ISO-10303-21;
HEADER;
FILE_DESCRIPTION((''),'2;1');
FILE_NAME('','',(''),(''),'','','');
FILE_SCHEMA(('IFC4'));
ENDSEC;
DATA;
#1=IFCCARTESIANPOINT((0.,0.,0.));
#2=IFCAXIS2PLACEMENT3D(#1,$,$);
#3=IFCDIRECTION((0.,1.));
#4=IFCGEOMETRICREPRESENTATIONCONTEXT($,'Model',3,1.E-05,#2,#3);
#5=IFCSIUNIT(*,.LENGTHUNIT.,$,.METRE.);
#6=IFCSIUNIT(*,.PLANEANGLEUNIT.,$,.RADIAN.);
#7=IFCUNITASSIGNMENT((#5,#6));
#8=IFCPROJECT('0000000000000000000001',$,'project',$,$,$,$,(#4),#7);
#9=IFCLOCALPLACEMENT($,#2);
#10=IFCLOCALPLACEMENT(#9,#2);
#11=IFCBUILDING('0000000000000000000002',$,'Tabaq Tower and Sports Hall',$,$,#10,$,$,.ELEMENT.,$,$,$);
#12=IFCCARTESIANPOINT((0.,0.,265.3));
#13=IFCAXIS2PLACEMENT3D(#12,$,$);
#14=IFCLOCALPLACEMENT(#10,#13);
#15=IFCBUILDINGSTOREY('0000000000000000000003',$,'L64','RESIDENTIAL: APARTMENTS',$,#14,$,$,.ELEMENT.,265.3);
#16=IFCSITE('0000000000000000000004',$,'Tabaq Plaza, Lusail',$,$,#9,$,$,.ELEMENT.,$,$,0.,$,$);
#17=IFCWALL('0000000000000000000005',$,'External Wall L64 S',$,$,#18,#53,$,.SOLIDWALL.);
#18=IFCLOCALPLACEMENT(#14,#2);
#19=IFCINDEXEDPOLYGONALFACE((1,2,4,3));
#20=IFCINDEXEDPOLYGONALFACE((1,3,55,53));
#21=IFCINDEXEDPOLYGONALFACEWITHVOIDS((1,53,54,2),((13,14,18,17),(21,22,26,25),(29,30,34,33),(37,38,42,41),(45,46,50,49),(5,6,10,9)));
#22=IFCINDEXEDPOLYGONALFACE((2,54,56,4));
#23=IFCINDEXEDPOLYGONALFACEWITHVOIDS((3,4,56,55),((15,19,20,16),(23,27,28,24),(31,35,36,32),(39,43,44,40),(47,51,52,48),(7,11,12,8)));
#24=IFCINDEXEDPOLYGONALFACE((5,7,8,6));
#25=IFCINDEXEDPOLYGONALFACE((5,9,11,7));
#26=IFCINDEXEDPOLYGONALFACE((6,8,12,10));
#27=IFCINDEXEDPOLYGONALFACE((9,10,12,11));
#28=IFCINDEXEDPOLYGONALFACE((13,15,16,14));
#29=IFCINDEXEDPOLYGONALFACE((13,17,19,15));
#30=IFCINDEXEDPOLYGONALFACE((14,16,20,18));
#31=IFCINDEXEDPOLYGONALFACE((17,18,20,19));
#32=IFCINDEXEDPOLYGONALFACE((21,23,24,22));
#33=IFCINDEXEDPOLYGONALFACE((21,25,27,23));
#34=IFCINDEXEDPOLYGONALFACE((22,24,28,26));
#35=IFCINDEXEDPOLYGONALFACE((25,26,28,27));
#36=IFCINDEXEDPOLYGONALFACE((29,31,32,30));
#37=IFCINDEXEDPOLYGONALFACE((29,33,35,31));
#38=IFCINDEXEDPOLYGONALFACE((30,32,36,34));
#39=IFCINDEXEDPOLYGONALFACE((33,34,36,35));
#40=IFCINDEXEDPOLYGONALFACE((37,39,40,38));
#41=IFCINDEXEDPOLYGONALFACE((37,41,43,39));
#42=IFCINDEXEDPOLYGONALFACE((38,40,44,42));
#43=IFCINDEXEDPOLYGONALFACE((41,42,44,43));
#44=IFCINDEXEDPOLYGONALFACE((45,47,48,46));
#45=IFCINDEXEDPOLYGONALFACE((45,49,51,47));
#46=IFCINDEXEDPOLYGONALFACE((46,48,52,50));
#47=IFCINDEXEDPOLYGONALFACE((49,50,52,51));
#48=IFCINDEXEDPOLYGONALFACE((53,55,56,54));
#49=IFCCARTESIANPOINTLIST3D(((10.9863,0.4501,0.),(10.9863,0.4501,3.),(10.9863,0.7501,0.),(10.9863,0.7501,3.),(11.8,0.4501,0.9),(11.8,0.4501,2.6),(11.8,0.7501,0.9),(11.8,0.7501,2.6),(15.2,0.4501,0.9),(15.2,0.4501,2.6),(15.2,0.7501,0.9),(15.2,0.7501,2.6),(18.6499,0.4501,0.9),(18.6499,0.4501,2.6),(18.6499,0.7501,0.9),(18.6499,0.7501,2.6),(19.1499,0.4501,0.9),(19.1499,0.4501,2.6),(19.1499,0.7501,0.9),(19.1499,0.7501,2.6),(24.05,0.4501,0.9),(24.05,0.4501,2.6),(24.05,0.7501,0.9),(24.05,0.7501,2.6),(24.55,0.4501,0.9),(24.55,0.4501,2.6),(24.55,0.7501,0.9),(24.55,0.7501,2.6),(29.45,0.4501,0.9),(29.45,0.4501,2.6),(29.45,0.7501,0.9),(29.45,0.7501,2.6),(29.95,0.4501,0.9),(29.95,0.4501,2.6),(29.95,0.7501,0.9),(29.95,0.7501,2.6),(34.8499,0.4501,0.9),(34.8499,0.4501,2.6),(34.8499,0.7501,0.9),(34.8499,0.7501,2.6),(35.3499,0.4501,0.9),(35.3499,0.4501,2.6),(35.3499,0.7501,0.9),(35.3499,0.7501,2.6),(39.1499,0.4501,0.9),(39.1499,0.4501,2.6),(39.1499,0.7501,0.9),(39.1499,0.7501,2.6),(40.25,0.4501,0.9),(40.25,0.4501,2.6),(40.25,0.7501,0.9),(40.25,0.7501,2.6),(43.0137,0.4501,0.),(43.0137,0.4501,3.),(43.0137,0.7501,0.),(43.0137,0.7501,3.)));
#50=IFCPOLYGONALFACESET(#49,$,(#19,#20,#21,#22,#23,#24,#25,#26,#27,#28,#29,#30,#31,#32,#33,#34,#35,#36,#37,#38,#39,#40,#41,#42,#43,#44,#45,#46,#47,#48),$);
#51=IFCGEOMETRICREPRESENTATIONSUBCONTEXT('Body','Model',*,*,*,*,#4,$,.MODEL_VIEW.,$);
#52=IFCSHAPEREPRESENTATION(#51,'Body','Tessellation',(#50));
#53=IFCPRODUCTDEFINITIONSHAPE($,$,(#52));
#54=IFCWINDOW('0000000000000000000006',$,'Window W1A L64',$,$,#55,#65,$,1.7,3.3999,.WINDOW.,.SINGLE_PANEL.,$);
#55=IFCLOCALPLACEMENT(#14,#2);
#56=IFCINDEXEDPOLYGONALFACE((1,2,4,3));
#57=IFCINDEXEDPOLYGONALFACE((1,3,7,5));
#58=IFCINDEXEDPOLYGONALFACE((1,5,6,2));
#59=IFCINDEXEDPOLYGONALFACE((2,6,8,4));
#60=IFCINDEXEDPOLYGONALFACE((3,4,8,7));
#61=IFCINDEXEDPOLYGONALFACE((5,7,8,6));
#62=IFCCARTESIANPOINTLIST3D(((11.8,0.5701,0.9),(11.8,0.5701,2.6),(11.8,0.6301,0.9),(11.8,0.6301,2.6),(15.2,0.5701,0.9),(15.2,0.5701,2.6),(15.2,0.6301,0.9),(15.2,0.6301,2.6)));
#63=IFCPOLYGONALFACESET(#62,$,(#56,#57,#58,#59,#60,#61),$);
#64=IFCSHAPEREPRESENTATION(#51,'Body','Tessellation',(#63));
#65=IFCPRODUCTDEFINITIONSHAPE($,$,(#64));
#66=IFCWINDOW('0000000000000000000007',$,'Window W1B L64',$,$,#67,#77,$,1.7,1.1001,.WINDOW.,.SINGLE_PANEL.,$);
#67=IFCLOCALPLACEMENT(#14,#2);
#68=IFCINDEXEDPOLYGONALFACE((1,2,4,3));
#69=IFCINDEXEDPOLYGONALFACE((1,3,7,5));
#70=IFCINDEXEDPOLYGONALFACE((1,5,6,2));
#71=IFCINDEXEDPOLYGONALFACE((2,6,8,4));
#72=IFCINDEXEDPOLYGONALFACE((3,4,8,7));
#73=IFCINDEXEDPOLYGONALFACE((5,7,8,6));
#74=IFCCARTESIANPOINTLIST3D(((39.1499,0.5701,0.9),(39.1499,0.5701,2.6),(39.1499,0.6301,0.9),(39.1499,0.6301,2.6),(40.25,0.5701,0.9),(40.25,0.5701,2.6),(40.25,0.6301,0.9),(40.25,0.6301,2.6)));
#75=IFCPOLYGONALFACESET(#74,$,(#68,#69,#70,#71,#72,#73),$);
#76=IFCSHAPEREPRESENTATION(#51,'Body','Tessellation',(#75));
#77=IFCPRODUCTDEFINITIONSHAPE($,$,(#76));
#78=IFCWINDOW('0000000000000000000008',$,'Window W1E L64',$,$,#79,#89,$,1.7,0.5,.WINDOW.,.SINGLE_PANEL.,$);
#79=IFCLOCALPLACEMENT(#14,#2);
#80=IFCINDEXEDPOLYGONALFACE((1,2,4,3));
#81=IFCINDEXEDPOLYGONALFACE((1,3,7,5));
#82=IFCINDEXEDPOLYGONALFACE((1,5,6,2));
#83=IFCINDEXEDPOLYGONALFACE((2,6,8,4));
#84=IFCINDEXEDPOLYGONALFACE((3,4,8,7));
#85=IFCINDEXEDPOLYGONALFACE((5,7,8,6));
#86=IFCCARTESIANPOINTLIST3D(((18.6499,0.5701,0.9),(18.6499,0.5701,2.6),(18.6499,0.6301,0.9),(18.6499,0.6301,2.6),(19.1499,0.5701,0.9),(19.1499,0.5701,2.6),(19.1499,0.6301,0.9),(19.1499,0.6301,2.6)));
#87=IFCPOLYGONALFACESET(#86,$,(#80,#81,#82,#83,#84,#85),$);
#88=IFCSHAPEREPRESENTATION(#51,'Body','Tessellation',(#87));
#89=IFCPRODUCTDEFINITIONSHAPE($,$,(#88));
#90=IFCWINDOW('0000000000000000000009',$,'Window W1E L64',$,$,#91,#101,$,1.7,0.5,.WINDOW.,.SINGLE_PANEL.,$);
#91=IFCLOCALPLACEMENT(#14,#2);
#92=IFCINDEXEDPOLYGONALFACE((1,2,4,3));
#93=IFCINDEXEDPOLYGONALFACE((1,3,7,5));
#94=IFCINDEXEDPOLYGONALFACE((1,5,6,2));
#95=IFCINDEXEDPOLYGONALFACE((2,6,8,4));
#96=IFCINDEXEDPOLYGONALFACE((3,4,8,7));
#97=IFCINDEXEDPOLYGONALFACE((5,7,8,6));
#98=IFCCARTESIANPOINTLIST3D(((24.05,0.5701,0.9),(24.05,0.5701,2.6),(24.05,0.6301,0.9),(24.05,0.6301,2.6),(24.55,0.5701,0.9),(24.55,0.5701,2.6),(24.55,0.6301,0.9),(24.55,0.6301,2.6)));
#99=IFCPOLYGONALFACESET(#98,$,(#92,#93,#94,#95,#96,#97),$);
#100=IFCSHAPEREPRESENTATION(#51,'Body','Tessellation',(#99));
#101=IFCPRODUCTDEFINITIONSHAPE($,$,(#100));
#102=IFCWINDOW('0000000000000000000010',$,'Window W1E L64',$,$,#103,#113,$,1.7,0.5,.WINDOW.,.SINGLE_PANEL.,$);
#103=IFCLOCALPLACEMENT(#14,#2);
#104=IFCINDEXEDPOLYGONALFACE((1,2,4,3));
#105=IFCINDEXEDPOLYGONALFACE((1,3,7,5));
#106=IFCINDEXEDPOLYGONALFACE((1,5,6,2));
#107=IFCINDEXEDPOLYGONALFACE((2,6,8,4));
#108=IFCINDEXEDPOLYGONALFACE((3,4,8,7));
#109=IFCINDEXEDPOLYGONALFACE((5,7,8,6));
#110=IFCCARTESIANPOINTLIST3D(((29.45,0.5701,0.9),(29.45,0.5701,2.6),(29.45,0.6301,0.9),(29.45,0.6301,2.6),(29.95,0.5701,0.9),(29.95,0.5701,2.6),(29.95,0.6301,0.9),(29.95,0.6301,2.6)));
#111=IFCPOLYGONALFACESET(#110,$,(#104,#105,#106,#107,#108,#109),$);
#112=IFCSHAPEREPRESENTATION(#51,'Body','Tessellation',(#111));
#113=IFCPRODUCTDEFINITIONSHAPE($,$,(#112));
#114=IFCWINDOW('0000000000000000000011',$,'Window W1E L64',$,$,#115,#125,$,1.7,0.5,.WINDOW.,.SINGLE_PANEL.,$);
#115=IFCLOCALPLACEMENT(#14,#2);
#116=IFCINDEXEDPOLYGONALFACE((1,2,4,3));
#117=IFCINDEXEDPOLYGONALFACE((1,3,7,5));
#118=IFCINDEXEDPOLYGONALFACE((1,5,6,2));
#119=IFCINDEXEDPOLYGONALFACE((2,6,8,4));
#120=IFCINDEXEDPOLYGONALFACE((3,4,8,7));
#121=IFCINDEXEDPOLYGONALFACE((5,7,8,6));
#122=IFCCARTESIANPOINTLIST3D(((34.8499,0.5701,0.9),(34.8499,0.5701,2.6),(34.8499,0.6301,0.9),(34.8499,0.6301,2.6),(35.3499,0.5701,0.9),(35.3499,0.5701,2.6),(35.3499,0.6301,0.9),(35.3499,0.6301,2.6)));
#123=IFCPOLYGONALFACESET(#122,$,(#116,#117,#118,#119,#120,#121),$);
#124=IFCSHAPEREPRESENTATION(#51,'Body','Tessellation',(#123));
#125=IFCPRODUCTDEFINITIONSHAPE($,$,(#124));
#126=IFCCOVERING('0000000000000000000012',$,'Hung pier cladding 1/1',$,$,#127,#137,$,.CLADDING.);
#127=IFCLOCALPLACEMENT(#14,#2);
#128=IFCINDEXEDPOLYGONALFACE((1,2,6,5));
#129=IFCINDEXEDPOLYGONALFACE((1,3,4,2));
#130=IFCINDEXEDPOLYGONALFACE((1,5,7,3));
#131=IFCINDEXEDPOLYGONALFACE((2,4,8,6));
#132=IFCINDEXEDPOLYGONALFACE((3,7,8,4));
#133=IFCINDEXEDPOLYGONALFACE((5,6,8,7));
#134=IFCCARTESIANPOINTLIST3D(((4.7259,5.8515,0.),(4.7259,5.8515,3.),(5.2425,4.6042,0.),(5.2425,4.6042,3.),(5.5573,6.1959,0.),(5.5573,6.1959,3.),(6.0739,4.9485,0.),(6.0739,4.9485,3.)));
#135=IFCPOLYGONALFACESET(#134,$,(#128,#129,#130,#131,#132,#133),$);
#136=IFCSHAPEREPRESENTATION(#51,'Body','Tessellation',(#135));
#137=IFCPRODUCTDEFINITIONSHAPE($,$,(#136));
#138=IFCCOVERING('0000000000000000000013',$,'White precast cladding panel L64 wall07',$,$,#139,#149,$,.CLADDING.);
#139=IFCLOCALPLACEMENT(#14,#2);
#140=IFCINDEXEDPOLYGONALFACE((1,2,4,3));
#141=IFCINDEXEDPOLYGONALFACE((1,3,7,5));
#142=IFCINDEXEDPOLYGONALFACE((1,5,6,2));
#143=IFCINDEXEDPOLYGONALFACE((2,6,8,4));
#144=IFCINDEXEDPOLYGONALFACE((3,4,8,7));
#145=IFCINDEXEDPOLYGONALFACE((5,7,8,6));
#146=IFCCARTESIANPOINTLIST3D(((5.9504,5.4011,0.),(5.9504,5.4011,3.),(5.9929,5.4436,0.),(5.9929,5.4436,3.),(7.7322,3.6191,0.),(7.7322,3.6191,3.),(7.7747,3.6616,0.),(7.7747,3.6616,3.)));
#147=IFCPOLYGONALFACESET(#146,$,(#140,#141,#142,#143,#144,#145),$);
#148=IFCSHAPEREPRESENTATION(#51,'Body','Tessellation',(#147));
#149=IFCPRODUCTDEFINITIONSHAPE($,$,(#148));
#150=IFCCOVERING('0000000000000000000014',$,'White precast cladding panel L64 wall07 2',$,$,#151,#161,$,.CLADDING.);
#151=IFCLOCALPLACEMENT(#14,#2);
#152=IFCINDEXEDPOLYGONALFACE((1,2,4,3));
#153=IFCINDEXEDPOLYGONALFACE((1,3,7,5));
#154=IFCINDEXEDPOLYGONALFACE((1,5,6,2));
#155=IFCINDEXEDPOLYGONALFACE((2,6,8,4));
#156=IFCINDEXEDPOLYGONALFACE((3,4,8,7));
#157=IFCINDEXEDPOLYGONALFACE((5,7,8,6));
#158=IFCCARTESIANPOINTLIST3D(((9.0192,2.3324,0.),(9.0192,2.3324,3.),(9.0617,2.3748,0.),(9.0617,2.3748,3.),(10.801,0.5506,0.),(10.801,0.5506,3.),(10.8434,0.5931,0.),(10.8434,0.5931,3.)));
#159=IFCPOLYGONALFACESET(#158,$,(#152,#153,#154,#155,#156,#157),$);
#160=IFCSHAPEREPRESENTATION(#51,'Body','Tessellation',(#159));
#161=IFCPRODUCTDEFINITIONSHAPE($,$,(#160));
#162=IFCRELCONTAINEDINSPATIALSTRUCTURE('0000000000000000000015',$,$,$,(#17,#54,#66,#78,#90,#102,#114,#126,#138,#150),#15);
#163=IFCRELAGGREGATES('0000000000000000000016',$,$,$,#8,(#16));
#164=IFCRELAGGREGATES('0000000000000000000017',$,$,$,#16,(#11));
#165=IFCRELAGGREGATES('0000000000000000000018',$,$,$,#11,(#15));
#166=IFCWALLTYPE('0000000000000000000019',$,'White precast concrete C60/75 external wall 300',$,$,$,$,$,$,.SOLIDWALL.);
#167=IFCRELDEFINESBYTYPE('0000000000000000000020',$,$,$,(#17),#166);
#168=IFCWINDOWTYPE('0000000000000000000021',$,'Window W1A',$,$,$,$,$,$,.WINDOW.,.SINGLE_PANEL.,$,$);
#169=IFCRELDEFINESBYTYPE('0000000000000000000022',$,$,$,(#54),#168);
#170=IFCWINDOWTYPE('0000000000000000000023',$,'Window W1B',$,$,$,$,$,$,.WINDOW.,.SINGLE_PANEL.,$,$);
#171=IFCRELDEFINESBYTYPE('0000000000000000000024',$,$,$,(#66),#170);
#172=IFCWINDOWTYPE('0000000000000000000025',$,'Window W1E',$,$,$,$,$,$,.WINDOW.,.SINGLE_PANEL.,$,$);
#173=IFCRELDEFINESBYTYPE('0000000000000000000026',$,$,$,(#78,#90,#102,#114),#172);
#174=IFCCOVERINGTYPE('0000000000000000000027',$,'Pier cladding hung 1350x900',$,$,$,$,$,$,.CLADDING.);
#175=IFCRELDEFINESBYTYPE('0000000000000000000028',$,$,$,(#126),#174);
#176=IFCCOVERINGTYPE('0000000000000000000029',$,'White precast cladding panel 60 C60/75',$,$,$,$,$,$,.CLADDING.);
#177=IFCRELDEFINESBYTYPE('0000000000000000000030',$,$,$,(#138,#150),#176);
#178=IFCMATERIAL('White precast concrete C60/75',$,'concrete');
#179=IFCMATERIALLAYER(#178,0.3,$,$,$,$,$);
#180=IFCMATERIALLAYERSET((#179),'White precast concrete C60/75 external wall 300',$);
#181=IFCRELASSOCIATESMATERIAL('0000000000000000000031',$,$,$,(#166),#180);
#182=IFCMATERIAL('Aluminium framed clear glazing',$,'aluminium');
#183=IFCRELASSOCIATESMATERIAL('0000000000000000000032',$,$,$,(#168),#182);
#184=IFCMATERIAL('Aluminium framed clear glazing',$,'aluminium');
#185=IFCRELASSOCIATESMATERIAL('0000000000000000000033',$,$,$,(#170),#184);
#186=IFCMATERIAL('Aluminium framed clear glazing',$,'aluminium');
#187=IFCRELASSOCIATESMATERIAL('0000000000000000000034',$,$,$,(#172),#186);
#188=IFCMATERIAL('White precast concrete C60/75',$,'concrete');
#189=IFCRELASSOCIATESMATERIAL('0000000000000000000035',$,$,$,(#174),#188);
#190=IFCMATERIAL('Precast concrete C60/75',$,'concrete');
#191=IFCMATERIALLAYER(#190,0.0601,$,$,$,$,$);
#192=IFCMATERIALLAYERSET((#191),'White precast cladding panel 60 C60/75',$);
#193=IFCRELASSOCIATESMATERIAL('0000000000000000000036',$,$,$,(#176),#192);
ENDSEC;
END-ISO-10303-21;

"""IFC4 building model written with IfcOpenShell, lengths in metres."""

from ifc_helpers import new_model, si_unit, direction, frame, frame_2d, origin, place, context, subcontext, project, spatial, rectangle, extrude, material, layer, layer_set, type_object, element, fill, save


model = new_model("IFC4")

# Units and contexts
model_context = context("Model", 3, precision=1e-05, world=origin(), true_north=direction((0.0, 1.0)))
body_context = subcontext(model_context, "Body", "Model", "MODEL_VIEW")
ifc_project = project(units=[si_unit("LENGTHUNIT", "METRE"), si_unit("PLANEANGLEUNIT", "RADIAN")], contexts=[model_context])

# Site, building, storey
site_placement = place(None, origin())
site = spatial("IfcSite", under=ifc_project, at=site_placement, Name="Tabaq Plaza, Lusail", CompositionType="ELEMENT", RefElevation=0.0)
building_placement = place(site_placement, origin())
building = spatial("IfcBuilding", under=site, at=building_placement, Name="Tabaq Tower and Sports Hall", CompositionType="ELEMENT")
storey_placement = place(building_placement, frame((0.0, 0.0, 265.3)))
storey = spatial("IfcBuildingStorey", under=building, at=storey_placement, Name="L64", Description="RESIDENTIAL: APARTMENTS", CompositionType="ELEMENT", Elevation=265.3)

# Wall, openings, windows
ifc_material_1 = material(Name="White precast concrete C60/75", Category="concrete")
ifc_layer_1 = layer(ifc_material_1, 0.3)
ifc_layer_set_1 = layer_set([ifc_layer_1], Name="White precast concrete C60/75 external wall 300")
wall_type_1 = type_object("IfcWallType", Name="White precast concrete C60/75 external wall 300", PredefinedType="SOLIDWALL", material=ifc_layer_set_1)
wall_1_placement = place(storey_placement, frame((10.9863, 0.6001, 0.0), z_axis=(0.0, 0.0, 1.0), x_axis=(1.0, 0.0, 0.0)))
wall_1 = element("IfcWall", 1, at=wall_1_placement, inside=storey, type_object=wall_type_1, Name="External Wall L64 S", PredefinedType="SOLIDWALL", context=body_context, shape_type="SweptSolid", body=[
    extrude(rectangle(XDim=32.0273, YDim=0.3, at=frame_2d((16.0137, 0.0))), origin(), (0.0, 0.0, 1.0), 3.0),
])
opening_1_placement = place(wall_1_placement, frame((0.8137, 0.0, 0.8999)))
opening_1 = element("IfcOpeningElement", 2, at=opening_1_placement, cuts=wall_1, PredefinedType="OPENING", context=body_context, shape_type="SweptSolid", body=[
    extrude(rectangle(XDim=3.3999, YDim=1.7, at=frame_2d((1.7, 0.8501))), frame((0.0, 0.1602, 0.0), z_axis=(0.0, -1.0, 0.0), x_axis=(1.0, 0.0, 0.0)), (0.0, 0.0, 1.0), 0.3201),
])
opening_2_placement = place(wall_1_placement, frame((7.6636, 0.0, 0.8999)))
opening_2 = element("IfcOpeningElement", 3, at=opening_2_placement, cuts=wall_1, PredefinedType="OPENING", context=body_context, shape_type="SweptSolid", body=[
    extrude(rectangle(XDim=0.5, YDim=1.7, at=frame_2d((0.25, 0.8501))), frame((0.0, 0.1602, 0.0), z_axis=(0.0, -1.0, 0.0), x_axis=(1.0, 0.0, 0.0)), (0.0, 0.0, 1.0), 0.3201),
])
opening_3_placement = place(wall_1_placement, frame((13.0637, 0.0, 0.8999)))
opening_3 = element("IfcOpeningElement", 4, at=opening_3_placement, cuts=wall_1, PredefinedType="OPENING", context=body_context, shape_type="SweptSolid", body=[
    extrude(rectangle(XDim=0.5, YDim=1.7, at=frame_2d((0.25, 0.8501))), frame((0.0, 0.1602, 0.0), z_axis=(0.0, -1.0, 0.0), x_axis=(1.0, 0.0, 0.0)), (0.0, 0.0, 1.0), 0.3201),
])
opening_4_placement = place(wall_1_placement, frame((18.4636, 0.0, 0.8999)))
opening_4 = element("IfcOpeningElement", 5, at=opening_4_placement, cuts=wall_1, PredefinedType="OPENING", context=body_context, shape_type="SweptSolid", body=[
    extrude(rectangle(XDim=0.5, YDim=1.7, at=frame_2d((0.25, 0.8501))), frame((0.0, 0.1602, 0.0), z_axis=(0.0, -1.0, 0.0), x_axis=(1.0, 0.0, 0.0)), (0.0, 0.0, 1.0), 0.3201),
])
opening_5_placement = place(wall_1_placement, frame((23.8635, 0.0, 0.8999)))
opening_5 = element("IfcOpeningElement", 6, at=opening_5_placement, cuts=wall_1, PredefinedType="OPENING", context=body_context, shape_type="SweptSolid", body=[
    extrude(rectangle(XDim=0.5, YDim=1.7, at=frame_2d((0.25, 0.8501))), frame((0.0, 0.1602, 0.0), z_axis=(0.0, -1.0, 0.0), x_axis=(1.0, 0.0, 0.0)), (0.0, 0.0, 1.0), 0.3201),
])
opening_6_placement = place(wall_1_placement, frame((28.1636, 0.0, 0.8999)))
opening_6 = element("IfcOpeningElement", 7, at=opening_6_placement, cuts=wall_1, PredefinedType="OPENING", context=body_context, shape_type="SweptSolid", body=[
    extrude(rectangle(XDim=1.1001, YDim=1.7, at=frame_2d((0.55, 0.8501))), frame((0.0, 0.1602, 0.0), z_axis=(0.0, -1.0, 0.0), x_axis=(1.0, 0.0, 0.0)), (0.0, 0.0, 1.0), 0.3201),
])
ifc_material_2 = material(Name="Aluminium framed clear glazing", Category="aluminium")
window_type_1 = type_object("IfcWindowType", Name="Window W1A", PartitioningType="SINGLE_PANEL", PredefinedType="WINDOW", material=ifc_material_2)
window_1_placement = place(opening_1_placement, origin())
window_1 = element("IfcWindow", 8, at=window_1_placement, inside=storey, type_object=window_type_1, Name="Window W1A L64", OverallHeight=1.7, OverallWidth=3.3999, PartitioningType="SINGLE_PANEL", PredefinedType="WINDOW", context=body_context, shape_type="SweptSolid", body=[
    extrude(rectangle(XDim=3.3999, YDim=1.7, at=frame_2d((1.7, 0.8501))), frame((0.0, 0.03, 0.0), z_axis=(0.0, -1.0, 0.0), x_axis=(1.0, 0.0, 0.0)), (0.0, 0.0, 1.0), 0.0601),
])
fill(opening_1, window_1)
ifc_material_3 = material(Name="Aluminium framed clear glazing", Category="aluminium")
window_type_2 = type_object("IfcWindowType", Name="Window W1B", PartitioningType="SINGLE_PANEL", PredefinedType="WINDOW", material=ifc_material_3)
window_2_placement = place(opening_6_placement, origin())
window_2 = element("IfcWindow", 9, at=window_2_placement, inside=storey, type_object=window_type_2, Name="Window W1B L64", OverallHeight=1.7, OverallWidth=1.1001, PartitioningType="SINGLE_PANEL", PredefinedType="WINDOW", context=body_context, shape_type="SweptSolid", body=[
    extrude(rectangle(XDim=1.1001, YDim=1.7, at=frame_2d((0.55, 0.8501))), frame((0.0, 0.03, 0.0), z_axis=(0.0, -1.0, 0.0), x_axis=(1.0, 0.0, 0.0)), (0.0, 0.0, 1.0), 0.0601),
])
fill(opening_6, window_2)
ifc_material_4 = material(Name="Aluminium framed clear glazing", Category="aluminium")
window_type_3 = type_object("IfcWindowType", Name="Window W1E", PartitioningType="SINGLE_PANEL", PredefinedType="WINDOW", material=ifc_material_4)
window_3_placement = place(opening_2_placement, origin())
window_3 = element("IfcWindow", 10, at=window_3_placement, inside=storey, type_object=window_type_3, Name="Window W1E L64", OverallHeight=1.7, OverallWidth=0.5, PartitioningType="SINGLE_PANEL", PredefinedType="WINDOW", context=body_context, shape_type="SweptSolid", body=[
    extrude(rectangle(XDim=0.5, YDim=1.7, at=frame_2d((0.25, 0.8501))), frame((0.0, 0.03, 0.0), z_axis=(0.0, -1.0, 0.0), x_axis=(1.0, 0.0, 0.0)), (0.0, 0.0, 1.0), 0.0601),
])
fill(opening_2, window_3)
window_4_placement = place(opening_3_placement, origin())
window_4 = element("IfcWindow", 11, at=window_4_placement, inside=storey, type_object=window_type_3, Name="Window W1E L64", OverallHeight=1.7, OverallWidth=0.5, PartitioningType="SINGLE_PANEL", PredefinedType="WINDOW", context=body_context, shape_type="SweptSolid", body=[
    extrude(rectangle(XDim=0.5, YDim=1.7, at=frame_2d((0.25, 0.8501))), frame((0.0, 0.03, 0.0), z_axis=(0.0, -1.0, 0.0), x_axis=(1.0, 0.0, 0.0)), (0.0, 0.0, 1.0), 0.0601),
])
fill(opening_3, window_4)
window_5_placement = place(opening_4_placement, origin())
window_5 = element("IfcWindow", 12, at=window_5_placement, inside=storey, type_object=window_type_3, Name="Window W1E L64", OverallHeight=1.7, OverallWidth=0.5, PartitioningType="SINGLE_PANEL", PredefinedType="WINDOW", context=body_context, shape_type="SweptSolid", body=[
    extrude(rectangle(XDim=0.5, YDim=1.7, at=frame_2d((0.25, 0.8501))), frame((0.0, 0.03, 0.0), z_axis=(0.0, -1.0, 0.0), x_axis=(1.0, 0.0, 0.0)), (0.0, 0.0, 1.0), 0.0601),
])
fill(opening_4, window_5)
window_6_placement = place(opening_5_placement, origin())
window_6 = element("IfcWindow", 13, at=window_6_placement, inside=storey, type_object=window_type_3, Name="Window W1E L64", OverallHeight=1.7, OverallWidth=0.5, PartitioningType="SINGLE_PANEL", PredefinedType="WINDOW", context=body_context, shape_type="SweptSolid", body=[
    extrude(rectangle(XDim=0.5, YDim=1.7, at=frame_2d((0.25, 0.8501))), frame((0.0, 0.03, 0.0), z_axis=(0.0, -1.0, 0.0), x_axis=(1.0, 0.0, 0.0)), (0.0, 0.0, 1.0), 0.0601),
])
fill(opening_5, window_6)

# Coverings
ifc_material_5 = material(Name="White precast concrete C60/75", Category="concrete")
covering_type_1 = type_object("IfcCoveringType", Name="Pier cladding hung 1350x900", PredefinedType="CLADDING", material=ifc_material_5)
covering_1_placement = place(storey_placement, frame((5.1416, 6.0237, 0.0), z_axis=(0.0, 0.0, 1.0), x_axis=(0.38265, -0.923893, 0.0)))
element("IfcCovering", 14, at=covering_1_placement, inside=storey, type_object=covering_type_1, Name="Hung pier cladding 1/1", PredefinedType="CLADDING", context=body_context, shape_type="SweptSolid", body=[
    extrude(rectangle(XDim=1.3501, YDim=0.8999, at=frame_2d((0.675, 0.0))), origin(), (0.0, 0.0, 1.0), 3.0),
])
ifc_material_6 = material(Name="Precast concrete C60/75", Category="concrete")
ifc_layer_2 = layer(ifc_material_6, 0.0601)
ifc_layer_set_2 = layer_set([ifc_layer_2], Name="White precast cladding panel 60 C60/75")
covering_type_2 = type_object("IfcCoveringType", Name="White precast cladding panel 60 C60/75", PredefinedType="CLADDING", material=ifc_layer_set_2)
covering_2_placement = place(storey_placement, frame((5.9717, 5.4224, 0.0), z_axis=(0.0, 0.0, 1.0), x_axis=(0.707058, -0.707155, 0.0)))
element("IfcCovering", 15, at=covering_2_placement, inside=storey, type_object=covering_type_2, Name="White precast cladding panel L64 wall07", PredefinedType="CLADDING", context=body_context, shape_type="SweptSolid", body=[
    extrude(rectangle(XDim=2.52, YDim=0.0601, at=frame_2d((1.26, 0.0))), origin(), (0.0, 0.0, 1.0), 3.0),
])
covering_3_placement = place(storey_placement, frame((9.0405, 2.3535, 0.0), z_axis=(0.0, 0.0, 1.0), x_axis=(0.707107, -0.707107, 0.0)))
element("IfcCovering", 16, at=covering_3_placement, inside=storey, type_object=covering_type_2, Name="White precast cladding panel L64 wall07 2", PredefinedType="CLADDING", context=body_context, shape_type="SweptSolid", body=[
    extrude(rectangle(XDim=2.5198, YDim=0.0601, at=frame_2d((1.2598, 0.0))), origin(), (0.0, 0.0, 1.0), 3.0),
])

save(model, "model.ifc")
